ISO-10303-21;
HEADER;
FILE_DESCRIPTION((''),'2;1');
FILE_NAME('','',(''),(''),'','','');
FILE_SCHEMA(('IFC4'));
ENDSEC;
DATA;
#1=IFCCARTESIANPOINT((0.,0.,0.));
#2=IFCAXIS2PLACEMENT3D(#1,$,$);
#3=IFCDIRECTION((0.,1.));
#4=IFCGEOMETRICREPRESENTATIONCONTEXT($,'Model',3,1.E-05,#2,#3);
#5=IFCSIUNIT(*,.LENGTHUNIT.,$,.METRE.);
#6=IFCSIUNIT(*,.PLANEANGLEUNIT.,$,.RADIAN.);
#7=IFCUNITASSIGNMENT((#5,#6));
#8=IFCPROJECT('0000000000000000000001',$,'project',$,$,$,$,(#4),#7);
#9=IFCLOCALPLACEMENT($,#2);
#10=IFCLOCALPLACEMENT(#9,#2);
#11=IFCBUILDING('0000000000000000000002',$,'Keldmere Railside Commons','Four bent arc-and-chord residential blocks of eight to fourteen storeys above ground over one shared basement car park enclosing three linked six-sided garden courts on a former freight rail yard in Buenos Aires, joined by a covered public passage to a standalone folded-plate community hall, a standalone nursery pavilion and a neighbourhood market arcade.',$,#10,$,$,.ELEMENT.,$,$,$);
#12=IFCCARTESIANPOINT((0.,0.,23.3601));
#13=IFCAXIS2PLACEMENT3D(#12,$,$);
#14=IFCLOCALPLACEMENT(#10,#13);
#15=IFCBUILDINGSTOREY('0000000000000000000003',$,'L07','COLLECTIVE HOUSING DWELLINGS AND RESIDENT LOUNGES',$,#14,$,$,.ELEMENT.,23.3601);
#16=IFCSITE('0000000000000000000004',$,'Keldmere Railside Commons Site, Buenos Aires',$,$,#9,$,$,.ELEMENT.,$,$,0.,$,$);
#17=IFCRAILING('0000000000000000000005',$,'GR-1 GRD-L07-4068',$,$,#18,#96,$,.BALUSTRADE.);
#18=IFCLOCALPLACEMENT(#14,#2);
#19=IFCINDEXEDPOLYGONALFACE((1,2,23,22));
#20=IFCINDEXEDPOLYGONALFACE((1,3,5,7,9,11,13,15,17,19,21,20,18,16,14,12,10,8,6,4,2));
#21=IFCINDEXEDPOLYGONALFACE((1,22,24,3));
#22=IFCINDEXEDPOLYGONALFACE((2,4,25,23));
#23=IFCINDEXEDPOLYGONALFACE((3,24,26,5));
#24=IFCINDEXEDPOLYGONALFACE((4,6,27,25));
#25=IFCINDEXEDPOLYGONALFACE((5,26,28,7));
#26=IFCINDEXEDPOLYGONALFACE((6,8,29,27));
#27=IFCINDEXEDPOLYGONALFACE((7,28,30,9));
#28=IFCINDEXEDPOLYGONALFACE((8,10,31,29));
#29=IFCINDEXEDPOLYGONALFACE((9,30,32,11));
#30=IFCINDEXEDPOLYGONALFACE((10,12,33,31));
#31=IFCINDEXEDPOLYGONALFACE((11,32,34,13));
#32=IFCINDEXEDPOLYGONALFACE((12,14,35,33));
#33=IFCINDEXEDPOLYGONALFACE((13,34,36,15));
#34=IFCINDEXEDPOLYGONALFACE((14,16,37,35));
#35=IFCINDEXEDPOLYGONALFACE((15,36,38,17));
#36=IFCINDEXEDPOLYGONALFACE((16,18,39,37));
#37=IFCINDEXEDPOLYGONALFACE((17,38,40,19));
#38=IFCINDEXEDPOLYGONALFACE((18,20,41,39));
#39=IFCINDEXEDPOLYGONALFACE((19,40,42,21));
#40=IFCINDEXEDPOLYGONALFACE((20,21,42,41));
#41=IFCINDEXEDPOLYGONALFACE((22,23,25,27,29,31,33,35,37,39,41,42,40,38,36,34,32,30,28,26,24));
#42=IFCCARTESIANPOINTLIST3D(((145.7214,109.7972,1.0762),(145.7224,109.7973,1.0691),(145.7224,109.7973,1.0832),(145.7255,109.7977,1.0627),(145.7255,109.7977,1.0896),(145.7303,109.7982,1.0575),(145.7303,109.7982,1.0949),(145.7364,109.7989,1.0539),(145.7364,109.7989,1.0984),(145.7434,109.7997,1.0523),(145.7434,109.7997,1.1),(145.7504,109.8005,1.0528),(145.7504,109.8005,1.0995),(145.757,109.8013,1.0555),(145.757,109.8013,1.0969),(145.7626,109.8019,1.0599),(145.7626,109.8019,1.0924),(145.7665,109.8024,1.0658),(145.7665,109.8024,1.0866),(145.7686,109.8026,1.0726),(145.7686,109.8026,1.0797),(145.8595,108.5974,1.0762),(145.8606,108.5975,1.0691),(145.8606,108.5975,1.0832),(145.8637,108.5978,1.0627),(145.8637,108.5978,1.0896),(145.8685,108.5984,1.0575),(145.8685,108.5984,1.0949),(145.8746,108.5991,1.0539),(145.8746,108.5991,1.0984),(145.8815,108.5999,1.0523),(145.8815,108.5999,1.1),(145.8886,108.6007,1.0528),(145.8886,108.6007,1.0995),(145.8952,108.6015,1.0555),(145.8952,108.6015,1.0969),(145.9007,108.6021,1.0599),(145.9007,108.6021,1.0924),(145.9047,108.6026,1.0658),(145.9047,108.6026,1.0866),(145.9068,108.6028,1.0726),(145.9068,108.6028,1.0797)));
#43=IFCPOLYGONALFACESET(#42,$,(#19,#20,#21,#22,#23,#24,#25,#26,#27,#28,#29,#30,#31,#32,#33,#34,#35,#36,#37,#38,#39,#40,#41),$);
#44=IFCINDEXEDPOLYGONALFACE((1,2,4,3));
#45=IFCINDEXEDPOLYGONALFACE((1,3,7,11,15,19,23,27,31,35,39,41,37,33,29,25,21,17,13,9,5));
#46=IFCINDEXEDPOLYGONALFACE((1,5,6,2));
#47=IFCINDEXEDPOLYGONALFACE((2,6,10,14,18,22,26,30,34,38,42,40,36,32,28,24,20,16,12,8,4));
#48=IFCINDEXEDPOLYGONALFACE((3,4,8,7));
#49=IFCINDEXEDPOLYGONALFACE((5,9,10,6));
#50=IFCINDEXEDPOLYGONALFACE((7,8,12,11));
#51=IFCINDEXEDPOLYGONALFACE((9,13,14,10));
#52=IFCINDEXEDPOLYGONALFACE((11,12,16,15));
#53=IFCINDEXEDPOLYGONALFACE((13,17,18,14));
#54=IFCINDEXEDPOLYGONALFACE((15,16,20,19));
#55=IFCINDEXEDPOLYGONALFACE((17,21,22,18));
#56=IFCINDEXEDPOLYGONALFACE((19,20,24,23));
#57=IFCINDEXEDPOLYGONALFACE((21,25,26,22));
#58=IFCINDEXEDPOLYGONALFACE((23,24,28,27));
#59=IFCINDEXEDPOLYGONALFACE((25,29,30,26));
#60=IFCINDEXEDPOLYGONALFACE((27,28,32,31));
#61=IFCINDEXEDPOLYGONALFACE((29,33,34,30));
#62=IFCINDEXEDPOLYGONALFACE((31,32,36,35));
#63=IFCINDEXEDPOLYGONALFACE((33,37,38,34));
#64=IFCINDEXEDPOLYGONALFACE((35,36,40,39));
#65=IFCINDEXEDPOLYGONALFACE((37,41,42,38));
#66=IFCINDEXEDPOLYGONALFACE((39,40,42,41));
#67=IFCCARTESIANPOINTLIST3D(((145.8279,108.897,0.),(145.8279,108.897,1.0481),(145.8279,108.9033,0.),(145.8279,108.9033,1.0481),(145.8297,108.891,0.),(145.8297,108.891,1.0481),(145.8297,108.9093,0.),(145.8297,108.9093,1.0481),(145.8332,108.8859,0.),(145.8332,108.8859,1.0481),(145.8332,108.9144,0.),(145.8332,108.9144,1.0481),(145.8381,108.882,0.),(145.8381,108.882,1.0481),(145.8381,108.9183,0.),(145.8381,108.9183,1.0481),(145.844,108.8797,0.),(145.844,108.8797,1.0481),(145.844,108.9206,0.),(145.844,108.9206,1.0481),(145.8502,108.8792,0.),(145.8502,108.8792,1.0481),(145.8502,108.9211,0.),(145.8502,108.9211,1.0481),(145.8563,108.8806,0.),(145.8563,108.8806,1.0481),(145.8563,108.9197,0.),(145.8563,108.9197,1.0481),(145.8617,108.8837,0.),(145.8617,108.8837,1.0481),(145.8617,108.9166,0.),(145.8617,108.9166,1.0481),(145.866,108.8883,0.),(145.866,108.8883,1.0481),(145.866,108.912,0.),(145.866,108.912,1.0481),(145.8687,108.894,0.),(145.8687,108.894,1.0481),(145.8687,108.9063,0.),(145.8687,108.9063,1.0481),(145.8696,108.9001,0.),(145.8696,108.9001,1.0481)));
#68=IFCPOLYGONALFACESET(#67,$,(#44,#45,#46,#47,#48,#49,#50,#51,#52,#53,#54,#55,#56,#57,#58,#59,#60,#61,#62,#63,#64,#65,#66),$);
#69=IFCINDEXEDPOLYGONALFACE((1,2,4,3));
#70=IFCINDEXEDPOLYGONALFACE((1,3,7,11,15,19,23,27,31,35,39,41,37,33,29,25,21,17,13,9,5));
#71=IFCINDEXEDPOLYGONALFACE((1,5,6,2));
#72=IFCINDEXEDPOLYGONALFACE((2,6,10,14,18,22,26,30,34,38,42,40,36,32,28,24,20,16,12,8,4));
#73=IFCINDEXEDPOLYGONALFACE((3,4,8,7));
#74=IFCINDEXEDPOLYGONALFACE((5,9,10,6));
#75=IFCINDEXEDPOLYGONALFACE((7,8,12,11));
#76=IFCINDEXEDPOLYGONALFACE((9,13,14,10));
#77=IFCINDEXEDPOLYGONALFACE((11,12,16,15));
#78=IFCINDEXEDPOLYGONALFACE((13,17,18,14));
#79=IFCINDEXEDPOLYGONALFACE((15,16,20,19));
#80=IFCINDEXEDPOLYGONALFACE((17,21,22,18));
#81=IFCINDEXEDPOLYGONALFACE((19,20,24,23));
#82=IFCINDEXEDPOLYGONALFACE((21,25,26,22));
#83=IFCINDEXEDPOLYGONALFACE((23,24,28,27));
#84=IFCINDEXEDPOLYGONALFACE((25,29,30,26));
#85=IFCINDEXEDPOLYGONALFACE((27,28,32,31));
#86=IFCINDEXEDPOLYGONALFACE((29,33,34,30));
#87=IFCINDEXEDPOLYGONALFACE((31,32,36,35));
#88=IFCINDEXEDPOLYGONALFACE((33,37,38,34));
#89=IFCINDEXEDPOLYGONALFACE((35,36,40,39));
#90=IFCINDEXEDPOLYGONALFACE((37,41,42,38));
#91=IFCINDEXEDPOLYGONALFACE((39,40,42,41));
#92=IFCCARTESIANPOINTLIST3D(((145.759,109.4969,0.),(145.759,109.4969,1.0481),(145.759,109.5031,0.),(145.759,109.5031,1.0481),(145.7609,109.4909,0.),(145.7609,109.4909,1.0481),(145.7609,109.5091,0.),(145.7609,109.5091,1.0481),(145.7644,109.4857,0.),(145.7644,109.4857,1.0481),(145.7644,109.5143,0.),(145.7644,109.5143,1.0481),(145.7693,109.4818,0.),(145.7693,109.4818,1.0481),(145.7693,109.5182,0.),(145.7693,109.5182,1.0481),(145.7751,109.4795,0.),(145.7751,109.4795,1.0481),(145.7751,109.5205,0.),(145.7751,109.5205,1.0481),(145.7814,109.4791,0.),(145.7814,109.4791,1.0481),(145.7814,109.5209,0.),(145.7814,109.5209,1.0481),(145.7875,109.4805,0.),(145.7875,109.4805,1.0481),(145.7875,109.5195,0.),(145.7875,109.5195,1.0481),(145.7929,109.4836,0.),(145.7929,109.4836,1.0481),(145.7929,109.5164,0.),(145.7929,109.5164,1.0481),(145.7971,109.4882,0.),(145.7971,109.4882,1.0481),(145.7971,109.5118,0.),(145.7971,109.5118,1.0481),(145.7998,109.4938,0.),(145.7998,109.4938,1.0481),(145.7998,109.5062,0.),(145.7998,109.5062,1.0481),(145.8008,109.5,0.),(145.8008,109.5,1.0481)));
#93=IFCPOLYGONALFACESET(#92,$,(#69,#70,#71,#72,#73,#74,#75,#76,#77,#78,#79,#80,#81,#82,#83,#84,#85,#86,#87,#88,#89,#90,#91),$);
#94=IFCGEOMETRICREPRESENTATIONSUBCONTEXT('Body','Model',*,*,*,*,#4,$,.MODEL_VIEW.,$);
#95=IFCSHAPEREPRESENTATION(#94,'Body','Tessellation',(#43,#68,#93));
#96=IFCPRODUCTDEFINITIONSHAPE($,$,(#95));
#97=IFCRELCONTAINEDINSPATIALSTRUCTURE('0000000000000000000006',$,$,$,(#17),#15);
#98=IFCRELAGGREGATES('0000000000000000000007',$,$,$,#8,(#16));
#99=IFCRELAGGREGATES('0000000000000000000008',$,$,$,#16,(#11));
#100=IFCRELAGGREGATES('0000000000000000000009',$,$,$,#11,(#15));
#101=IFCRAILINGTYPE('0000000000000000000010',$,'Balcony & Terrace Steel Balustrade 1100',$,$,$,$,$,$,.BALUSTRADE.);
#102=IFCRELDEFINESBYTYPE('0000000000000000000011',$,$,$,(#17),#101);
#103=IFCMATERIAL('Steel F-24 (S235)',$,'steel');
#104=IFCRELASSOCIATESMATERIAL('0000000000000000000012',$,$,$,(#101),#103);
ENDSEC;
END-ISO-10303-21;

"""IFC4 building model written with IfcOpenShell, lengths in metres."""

from ifc_helpers import new_model, si_unit, direction, frame, origin, origin_2d, place, context, subcontext, project, spatial, circle, extrude, material, type_object, element, save


model = new_model("IFC4")

# Units and contexts
model_context = context("Model", 3, precision=1e-05, world=origin(), true_north=direction((0.0, 1.0)))
body_context = subcontext(model_context, "Body", "Model", "MODEL_VIEW")
ifc_project = project(units=[si_unit("LENGTHUNIT", "METRE"), si_unit("PLANEANGLEUNIT", "RADIAN")], contexts=[model_context])

# Site, building, storey
site_placement = place(None, origin())
site = spatial("IfcSite", under=ifc_project, at=site_placement, Name="Keldmere Railside Commons Site, Buenos Aires", CompositionType="ELEMENT", RefElevation=0.0)
building_placement = place(site_placement, origin())
building = spatial("IfcBuilding", under=site, at=building_placement, Name="Keldmere Railside Commons", Description="Four bent arc-and-chord residential blocks of eight to fourteen storeys above ground over one shared basement car park enclosing three linked six-sided garden courts on a former freight rail yard in Buenos Aires, joined by a covered public passage to a standalone folded-plate community hall, a standalone nursery pavilion and a neighbourhood market arcade.", CompositionType="ELEMENT")
storey_placement = place(building_placement, frame((0.0, 0.0, 23.3601)))
storey = spatial("IfcBuildingStorey", under=building, at=storey_placement, Name="L07", Description="COLLECTIVE HOUSING DWELLINGS AND RESIDENT LOUNGES", CompositionType="ELEMENT", Elevation=23.3601)

# Shared definitions
ifc_material_1 = material(Name="Steel F-24 (S235)", Category="steel")

# Railing
railing_type = type_object("IfcRailingType", Name="Balcony & Terrace Steel Balustrade 1100", PredefinedType="BALUSTRADE", material=ifc_material_1)
railing_1_placement = place(storey_placement, frame((145.8833, 108.6001, 0.0)))
element("IfcRailing", 1, at=railing_1_placement, inside=storey, type_object=railing_type, Name="GR-1 GRD-L07-4068", PredefinedType="BALUSTRADE", context=body_context, shape_type="SweptSolid", body=[
    extrude(circle(Radius=0.0239, at=origin_2d()), frame((0.0, 0.0, 1.0762), z_axis=(-0.114402, 0.993435, 0.0), x_axis=(-0.993435, -0.114402, 0.0)), (0.0, 0.0, 1.0), 1.2078),
    extrude(circle(Radius=0.021, at=origin_2d()), frame((-0.0347, 0.3, 0.0)), (0.0, 0.0, 1.0), 1.0481),
    extrude(circle(Radius=0.021, at=origin_2d()), frame((-0.1035, 0.8999, 0.0)), (0.0, 0.0, 1.0), 1.0481),
])

save(model, "model.ifc")
